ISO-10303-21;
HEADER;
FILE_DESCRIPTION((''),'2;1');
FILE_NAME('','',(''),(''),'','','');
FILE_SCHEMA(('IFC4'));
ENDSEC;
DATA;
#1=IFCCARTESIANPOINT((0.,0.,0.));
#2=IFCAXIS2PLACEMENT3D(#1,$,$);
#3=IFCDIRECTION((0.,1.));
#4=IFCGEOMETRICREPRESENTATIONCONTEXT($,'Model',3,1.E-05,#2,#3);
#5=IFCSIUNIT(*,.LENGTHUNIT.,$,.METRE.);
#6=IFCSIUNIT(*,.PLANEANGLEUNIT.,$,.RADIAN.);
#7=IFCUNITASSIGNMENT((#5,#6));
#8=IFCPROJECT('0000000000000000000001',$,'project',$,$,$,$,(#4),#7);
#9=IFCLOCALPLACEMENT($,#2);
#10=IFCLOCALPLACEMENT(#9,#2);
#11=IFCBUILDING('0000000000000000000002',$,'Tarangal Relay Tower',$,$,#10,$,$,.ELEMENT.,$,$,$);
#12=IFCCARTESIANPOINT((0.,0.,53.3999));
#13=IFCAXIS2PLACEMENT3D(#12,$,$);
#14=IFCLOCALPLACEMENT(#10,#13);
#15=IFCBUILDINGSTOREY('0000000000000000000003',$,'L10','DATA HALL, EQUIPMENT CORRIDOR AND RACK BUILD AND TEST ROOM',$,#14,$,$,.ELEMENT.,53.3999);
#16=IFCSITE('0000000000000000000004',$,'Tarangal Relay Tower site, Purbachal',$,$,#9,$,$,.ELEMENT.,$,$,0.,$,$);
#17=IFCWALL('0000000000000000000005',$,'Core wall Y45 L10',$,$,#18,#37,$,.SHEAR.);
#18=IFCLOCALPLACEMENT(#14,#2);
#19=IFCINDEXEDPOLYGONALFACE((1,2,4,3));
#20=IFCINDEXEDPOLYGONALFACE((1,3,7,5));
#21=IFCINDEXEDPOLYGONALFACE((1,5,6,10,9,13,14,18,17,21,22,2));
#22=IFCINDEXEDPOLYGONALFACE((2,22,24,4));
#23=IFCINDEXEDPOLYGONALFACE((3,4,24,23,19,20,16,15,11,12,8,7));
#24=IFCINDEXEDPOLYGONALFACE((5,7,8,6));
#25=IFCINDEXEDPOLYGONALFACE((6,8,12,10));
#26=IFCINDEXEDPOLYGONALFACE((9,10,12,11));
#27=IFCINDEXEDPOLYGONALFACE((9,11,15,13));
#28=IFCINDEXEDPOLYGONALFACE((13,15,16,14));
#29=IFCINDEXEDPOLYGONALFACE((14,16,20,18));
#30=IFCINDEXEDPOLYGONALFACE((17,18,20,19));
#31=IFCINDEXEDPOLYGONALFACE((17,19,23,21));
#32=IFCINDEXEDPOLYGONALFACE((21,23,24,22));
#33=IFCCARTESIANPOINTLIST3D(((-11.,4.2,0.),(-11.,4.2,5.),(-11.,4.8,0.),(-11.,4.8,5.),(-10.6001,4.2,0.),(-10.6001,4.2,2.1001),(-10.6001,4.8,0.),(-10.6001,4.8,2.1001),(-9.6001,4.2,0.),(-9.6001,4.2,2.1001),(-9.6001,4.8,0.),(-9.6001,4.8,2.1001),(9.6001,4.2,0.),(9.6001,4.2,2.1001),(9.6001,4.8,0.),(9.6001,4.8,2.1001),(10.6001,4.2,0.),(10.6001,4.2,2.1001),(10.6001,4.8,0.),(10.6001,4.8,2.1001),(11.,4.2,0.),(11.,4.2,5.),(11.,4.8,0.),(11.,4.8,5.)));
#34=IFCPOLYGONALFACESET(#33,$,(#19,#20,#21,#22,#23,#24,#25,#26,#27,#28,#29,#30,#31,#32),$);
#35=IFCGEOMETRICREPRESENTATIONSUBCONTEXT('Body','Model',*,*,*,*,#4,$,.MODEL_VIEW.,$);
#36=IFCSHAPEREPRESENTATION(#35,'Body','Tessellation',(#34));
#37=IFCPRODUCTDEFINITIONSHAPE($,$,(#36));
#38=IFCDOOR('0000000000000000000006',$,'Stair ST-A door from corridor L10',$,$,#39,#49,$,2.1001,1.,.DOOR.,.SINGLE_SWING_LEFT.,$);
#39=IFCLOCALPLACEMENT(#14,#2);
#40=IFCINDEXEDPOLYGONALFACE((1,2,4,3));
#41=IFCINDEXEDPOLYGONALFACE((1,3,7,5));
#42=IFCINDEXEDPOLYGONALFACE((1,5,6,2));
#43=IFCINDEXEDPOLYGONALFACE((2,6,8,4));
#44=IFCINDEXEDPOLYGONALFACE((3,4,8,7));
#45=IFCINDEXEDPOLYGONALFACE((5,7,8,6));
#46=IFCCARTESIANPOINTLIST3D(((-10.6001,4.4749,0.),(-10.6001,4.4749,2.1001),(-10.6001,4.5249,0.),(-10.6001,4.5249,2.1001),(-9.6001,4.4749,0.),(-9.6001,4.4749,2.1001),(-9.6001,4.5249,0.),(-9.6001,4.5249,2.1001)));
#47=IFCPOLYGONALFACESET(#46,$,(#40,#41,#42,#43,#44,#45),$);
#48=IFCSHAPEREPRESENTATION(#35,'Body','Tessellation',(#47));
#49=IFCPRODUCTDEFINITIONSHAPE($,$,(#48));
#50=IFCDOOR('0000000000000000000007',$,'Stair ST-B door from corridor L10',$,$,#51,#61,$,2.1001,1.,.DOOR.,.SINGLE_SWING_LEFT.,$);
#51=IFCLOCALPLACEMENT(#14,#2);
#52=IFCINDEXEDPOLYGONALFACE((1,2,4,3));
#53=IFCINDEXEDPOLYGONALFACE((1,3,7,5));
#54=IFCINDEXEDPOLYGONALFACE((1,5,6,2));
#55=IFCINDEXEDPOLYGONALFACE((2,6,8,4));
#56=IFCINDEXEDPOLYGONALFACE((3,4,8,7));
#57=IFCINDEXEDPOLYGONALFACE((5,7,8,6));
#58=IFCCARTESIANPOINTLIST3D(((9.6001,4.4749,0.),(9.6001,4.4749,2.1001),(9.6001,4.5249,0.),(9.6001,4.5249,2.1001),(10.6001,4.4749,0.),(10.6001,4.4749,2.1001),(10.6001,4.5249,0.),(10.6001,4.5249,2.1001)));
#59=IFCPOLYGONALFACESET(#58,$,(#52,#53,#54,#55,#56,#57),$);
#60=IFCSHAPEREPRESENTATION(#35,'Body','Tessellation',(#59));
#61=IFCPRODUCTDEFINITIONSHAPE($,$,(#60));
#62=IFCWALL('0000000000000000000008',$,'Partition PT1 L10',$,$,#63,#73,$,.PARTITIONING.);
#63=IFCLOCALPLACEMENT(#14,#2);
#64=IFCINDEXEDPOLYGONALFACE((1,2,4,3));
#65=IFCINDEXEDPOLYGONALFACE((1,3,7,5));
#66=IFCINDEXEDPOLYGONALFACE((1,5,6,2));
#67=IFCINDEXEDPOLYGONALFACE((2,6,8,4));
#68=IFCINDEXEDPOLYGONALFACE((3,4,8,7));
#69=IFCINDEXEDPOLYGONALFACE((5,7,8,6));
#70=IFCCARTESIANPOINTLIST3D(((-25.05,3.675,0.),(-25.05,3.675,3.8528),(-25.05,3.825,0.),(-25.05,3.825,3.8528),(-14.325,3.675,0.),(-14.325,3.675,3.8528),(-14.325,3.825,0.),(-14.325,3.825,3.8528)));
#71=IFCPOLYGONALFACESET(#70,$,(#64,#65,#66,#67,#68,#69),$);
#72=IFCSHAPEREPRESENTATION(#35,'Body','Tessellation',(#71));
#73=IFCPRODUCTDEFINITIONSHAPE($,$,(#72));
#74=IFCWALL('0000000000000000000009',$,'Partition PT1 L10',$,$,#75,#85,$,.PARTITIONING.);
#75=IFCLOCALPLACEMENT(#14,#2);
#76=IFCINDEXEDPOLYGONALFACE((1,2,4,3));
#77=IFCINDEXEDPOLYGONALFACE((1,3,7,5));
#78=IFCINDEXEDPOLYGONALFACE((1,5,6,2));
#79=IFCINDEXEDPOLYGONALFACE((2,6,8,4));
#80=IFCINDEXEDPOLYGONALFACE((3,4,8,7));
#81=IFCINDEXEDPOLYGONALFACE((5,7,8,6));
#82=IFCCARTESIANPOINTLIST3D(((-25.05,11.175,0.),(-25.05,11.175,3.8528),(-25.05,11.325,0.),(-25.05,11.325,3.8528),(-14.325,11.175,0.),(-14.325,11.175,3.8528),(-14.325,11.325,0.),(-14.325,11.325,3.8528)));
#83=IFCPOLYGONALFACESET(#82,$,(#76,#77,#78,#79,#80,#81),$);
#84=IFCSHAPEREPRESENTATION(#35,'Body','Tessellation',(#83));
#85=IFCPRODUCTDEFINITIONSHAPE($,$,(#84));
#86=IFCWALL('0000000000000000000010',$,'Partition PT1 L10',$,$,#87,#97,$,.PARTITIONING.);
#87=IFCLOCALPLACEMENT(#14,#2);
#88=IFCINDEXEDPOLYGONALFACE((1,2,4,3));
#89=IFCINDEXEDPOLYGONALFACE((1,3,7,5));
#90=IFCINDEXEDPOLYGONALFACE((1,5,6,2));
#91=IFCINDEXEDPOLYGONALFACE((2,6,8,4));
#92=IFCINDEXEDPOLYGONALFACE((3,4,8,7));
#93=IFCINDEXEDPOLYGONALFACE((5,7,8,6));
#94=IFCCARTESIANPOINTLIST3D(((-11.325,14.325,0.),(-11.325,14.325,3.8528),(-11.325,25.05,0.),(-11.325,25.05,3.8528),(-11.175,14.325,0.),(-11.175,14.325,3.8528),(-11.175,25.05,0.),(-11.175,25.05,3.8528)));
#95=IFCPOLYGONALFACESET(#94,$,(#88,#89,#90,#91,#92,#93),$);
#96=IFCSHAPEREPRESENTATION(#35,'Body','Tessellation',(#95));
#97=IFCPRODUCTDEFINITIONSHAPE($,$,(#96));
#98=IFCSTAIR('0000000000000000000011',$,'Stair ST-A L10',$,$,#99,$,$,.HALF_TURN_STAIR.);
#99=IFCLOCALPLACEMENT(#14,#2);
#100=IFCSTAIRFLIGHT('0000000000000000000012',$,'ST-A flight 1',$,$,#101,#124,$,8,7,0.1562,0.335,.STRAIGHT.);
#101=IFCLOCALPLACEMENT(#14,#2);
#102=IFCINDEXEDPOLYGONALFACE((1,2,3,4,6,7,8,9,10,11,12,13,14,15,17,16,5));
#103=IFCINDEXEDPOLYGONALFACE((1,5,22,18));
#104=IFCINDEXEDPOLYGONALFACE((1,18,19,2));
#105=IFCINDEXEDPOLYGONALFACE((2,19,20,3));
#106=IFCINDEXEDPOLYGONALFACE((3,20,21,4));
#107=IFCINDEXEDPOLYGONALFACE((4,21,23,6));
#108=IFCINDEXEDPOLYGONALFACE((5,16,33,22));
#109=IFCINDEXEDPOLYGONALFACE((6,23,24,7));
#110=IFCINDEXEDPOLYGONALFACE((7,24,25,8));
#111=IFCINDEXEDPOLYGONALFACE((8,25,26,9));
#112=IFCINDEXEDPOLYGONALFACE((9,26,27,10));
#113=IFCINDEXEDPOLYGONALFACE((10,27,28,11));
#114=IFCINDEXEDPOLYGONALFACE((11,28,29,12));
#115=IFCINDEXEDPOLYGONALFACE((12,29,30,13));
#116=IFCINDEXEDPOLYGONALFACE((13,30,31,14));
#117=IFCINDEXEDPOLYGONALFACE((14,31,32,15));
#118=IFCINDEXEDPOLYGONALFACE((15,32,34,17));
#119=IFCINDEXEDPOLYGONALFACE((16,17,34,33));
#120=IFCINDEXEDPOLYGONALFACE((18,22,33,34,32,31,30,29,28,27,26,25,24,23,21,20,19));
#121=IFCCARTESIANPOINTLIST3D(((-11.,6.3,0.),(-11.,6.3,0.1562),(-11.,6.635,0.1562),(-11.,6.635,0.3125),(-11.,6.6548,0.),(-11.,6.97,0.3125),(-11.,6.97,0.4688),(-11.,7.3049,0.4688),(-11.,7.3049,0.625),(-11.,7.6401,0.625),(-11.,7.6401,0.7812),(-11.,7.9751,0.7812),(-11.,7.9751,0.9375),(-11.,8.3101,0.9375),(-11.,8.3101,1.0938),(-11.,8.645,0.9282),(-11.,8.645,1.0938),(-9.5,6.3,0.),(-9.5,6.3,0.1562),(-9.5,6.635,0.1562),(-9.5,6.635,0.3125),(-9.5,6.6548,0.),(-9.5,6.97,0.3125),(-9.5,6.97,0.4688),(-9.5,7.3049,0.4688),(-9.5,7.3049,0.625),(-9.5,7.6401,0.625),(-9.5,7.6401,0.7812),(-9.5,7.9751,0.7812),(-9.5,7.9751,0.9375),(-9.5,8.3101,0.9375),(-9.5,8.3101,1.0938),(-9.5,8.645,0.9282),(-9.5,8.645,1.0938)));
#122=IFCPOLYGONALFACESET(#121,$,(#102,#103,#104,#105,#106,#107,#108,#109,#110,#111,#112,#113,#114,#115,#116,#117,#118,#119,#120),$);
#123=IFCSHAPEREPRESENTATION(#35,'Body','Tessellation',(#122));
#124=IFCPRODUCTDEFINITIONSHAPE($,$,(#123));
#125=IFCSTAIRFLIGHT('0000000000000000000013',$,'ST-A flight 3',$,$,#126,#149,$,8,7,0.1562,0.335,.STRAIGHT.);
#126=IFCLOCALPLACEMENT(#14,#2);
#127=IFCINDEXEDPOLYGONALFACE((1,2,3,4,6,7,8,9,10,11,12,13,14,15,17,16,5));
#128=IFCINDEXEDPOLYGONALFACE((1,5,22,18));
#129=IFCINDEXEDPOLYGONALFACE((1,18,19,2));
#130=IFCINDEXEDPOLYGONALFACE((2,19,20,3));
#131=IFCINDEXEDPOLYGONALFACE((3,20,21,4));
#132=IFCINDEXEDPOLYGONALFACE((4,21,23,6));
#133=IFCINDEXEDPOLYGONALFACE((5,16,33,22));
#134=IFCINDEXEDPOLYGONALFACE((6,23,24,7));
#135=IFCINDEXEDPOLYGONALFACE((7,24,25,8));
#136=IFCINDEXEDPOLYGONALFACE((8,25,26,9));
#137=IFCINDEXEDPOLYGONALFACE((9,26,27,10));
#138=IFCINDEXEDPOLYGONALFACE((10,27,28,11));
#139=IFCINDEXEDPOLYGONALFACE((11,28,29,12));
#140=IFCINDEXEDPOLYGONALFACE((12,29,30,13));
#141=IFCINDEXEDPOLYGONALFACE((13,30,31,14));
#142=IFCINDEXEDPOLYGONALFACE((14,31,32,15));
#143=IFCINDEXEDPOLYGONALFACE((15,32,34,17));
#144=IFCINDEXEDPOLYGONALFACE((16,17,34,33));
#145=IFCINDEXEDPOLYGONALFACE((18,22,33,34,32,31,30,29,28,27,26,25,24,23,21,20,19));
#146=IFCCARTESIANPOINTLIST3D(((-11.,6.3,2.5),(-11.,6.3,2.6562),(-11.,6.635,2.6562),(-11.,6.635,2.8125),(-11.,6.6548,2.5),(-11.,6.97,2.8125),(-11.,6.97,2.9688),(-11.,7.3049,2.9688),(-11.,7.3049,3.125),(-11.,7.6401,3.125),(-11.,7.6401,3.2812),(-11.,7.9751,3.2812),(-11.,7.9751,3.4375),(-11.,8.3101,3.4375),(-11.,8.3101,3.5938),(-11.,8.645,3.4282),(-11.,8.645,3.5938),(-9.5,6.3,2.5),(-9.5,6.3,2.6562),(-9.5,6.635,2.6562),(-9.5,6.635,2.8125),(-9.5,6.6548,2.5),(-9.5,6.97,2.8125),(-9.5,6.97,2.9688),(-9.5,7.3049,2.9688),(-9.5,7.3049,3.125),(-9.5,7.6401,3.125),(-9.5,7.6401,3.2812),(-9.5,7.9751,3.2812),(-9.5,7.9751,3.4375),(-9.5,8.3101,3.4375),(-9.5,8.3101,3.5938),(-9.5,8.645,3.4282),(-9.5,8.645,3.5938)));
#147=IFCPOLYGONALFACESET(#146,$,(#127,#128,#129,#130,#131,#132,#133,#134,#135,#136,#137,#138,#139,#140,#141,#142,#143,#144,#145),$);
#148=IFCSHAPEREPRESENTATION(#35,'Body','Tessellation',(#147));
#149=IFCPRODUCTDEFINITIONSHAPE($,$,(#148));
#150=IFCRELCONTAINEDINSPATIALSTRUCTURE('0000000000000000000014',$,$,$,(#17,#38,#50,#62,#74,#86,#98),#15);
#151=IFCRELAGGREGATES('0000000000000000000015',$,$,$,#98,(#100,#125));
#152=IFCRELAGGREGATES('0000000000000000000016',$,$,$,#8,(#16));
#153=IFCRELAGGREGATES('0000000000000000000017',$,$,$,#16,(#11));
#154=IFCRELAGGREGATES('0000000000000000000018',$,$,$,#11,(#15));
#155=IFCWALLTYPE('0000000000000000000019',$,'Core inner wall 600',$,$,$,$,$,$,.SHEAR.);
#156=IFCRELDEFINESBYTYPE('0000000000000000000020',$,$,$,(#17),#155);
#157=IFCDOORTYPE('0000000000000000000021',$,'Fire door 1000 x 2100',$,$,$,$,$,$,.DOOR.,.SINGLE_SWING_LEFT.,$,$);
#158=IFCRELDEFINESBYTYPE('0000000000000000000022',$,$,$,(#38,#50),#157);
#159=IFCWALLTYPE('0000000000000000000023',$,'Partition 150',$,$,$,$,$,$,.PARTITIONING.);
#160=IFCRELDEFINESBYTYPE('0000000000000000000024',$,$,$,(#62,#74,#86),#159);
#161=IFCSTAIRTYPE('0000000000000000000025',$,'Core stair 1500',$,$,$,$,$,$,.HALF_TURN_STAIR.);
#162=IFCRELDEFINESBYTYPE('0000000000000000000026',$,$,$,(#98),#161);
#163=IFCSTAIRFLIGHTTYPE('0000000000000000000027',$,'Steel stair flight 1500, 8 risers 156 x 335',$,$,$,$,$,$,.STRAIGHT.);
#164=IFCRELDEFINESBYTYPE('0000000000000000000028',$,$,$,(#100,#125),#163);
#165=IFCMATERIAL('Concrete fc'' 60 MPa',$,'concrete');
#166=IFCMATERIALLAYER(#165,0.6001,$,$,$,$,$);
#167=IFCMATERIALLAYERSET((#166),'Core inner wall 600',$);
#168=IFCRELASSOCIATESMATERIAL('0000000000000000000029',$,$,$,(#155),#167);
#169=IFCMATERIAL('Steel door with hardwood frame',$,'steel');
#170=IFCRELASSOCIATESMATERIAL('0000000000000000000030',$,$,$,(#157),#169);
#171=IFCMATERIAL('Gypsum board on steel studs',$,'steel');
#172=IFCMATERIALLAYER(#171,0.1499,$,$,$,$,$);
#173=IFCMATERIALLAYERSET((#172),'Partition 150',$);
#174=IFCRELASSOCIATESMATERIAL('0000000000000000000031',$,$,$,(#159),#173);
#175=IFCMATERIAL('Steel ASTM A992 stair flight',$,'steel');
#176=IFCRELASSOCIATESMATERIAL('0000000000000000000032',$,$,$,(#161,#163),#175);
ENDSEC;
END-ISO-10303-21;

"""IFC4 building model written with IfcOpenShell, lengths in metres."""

from ifc_helpers import new_model, si_unit, direction, frame, frame_2d, origin, place, context, subcontext, project, spatial, polyline, rectangle, outline, extrude, material, layer, layer_set, type_object, element, fill, aggregate, save


model = new_model("IFC4")

# Units and contexts
model_context = context("Model", 3, precision=1e-05, world=origin(), true_north=direction((0.0, 1.0)))
body_context = subcontext(model_context, "Body", "Model", "MODEL_VIEW")
ifc_project = project(units=[si_unit("LENGTHUNIT", "METRE"), si_unit("PLANEANGLEUNIT", "RADIAN")], contexts=[model_context])

# Site, building, storey
site_placement = place(None, origin())
site = spatial("IfcSite", under=ifc_project, at=site_placement, Name="Tarangal Relay Tower site, Purbachal", CompositionType="ELEMENT", RefElevation=0.0)
building_placement = place(site_placement, origin())
building = spatial("IfcBuilding", under=site, at=building_placement, Name="Tarangal Relay Tower", CompositionType="ELEMENT")
storey_placement = place(building_placement, frame((0.0, 0.0, 53.3999)))
storey = spatial("IfcBuildingStorey", under=building, at=storey_placement, Name="L10", Description="DATA HALL, EQUIPMENT CORRIDOR AND RACK BUILD AND TEST ROOM", CompositionType="ELEMENT", Elevation=53.3999)

# Wall, openings, doors
ifc_material_1 = material(Name="Concrete fc' 60 MPa", Category="concrete")
ifc_layer_1 = layer(ifc_material_1, 0.6001)
ifc_layer_set_1 = layer_set([ifc_layer_1], Name="Core inner wall 600")
wall_type_1 = type_object("IfcWallType", Name="Core inner wall 600", PredefinedType="SHEAR", material=ifc_layer_set_1)
wall_1_placement = place(storey_placement, frame((-11.0, 4.5, 0.0), z_axis=(0.0, 0.0, 1.0), x_axis=(1.0, 0.0, 0.0)))
wall_1 = element("IfcWall", 1, at=wall_1_placement, inside=storey, type_object=wall_type_1, Name="Core wall Y45 L10", PredefinedType="SHEAR", context=body_context, shape_type="SweptSolid", body=[
    extrude(rectangle(XDim=22.0, YDim=0.6001, at=frame_2d((11.0, 0.0))), origin(), (0.0, 0.0, 1.0), 5.0),
])
opening_1_placement = place(wall_1_placement, frame((0.3999, 0.0, 0.0)))
opening_1 = element("IfcOpeningElement", 2, at=opening_1_placement, cuts=wall_1, PredefinedType="OPENING", context=body_context, shape_type="SweptSolid", body=[
    extrude(rectangle(XDim=1.0, YDim=2.1001, at=frame_2d((0.5, 1.05))), frame((0.0, 0.3101, 0.0), z_axis=(0.0, -1.0, 0.0), x_axis=(1.0, 0.0, 0.0)), (0.0, 0.0, 1.0), 0.6201),
])
opening_2_placement = place(wall_1_placement, frame((20.6001, 0.0, 0.0)))
opening_2 = element("IfcOpeningElement", 3, at=opening_2_placement, cuts=wall_1, PredefinedType="OPENING", context=body_context, shape_type="SweptSolid", body=[
    extrude(rectangle(XDim=1.0, YDim=2.1001, at=frame_2d((0.5, 1.05))), frame((0.0, 0.3101, 0.0), z_axis=(0.0, -1.0, 0.0), x_axis=(1.0, 0.0, 0.0)), (0.0, 0.0, 1.0), 0.6201),
])
ifc_material_2 = material(Name="Steel door with hardwood frame", Category="steel")
door_type_1 = type_object("IfcDoorType", Name="Fire door 1000 x 2100", OperationType="SINGLE_SWING_LEFT", PredefinedType="DOOR", material=ifc_material_2)
door_1_placement = place(opening_1_placement, origin())
door_1 = element("IfcDoor", 4, at=door_1_placement, inside=storey, type_object=door_type_1, Name="Stair ST-A door from corridor L10", OperationType="SINGLE_SWING_LEFT", OverallHeight=2.1001, OverallWidth=1.0, PredefinedType="DOOR", context=body_context, shape_type="SweptSolid", body=[
    extrude(rectangle(XDim=1.0, YDim=2.1001, at=frame_2d((0.5, 1.05))), frame((0.0, 0.0249, 0.0), z_axis=(0.0, -1.0, 0.0), x_axis=(1.0, 0.0, 0.0)), (0.0, 0.0, 1.0), 0.05),
])
fill(opening_1, door_1)
door_2_placement = place(opening_2_placement, origin())
door_2 = element("IfcDoor", 5, at=door_2_placement, inside=storey, type_object=door_type_1, Name="Stair ST-B door from corridor L10", OperationType="SINGLE_SWING_LEFT", OverallHeight=2.1001, OverallWidth=1.0, PredefinedType="DOOR", context=body_context, shape_type="SweptSolid", body=[
    extrude(rectangle(XDim=1.0, YDim=2.1001, at=frame_2d((0.5, 1.05))), frame((0.0, 0.0249, 0.0), z_axis=(0.0, -1.0, 0.0), x_axis=(1.0, 0.0, 0.0)), (0.0, 0.0, 1.0), 0.05),
])
fill(opening_2, door_2)

# Walls
ifc_material_3 = material(Name="Gypsum board on steel studs", Category="steel")
ifc_layer_2 = layer(ifc_material_3, 0.1499)
ifc_layer_set_2 = layer_set([ifc_layer_2], Name="Partition 150")
wall_type_2 = type_object("IfcWallType", Name="Partition 150", PredefinedType="PARTITIONING", material=ifc_layer_set_2)
for number, where, z_axis, x_axis, name in (
    (6, (-25.05, 3.75, 0.0), (0.0, 0.0, 1.0), (1.0, 0.0, 0.0), "Partition PT1 L10"),
    (7, (-25.05, 11.25, 0.0), (0.0, 0.0, 1.0), (1.0, 0.0, 0.0), "Partition PT1 L10"),
    (8, (-11.25, 14.325, 0.0), (0.0, 0.0, 1.0), (0.0, 1.0, 0.0), "Partition PT1 L10"),
):
    element("IfcWall", number, at=place(storey_placement, frame(where, z_axis=z_axis, x_axis=x_axis)), inside=storey, type_object=wall_type_2, Name=name, PredefinedType="PARTITIONING", context=body_context, shape_type="SweptSolid", body=[
        extrude(rectangle(XDim=10.7251, YDim=0.1499, at=frame_2d((5.3625, 0.0))), origin(), (0.0, 0.0, 1.0), 3.8528),
    ])

# Stair, stair flights
ifc_material_4 = material(Name="Steel ASTM A992 stair flight", Category="steel")
stair_type = type_object("IfcStairType", Name="Core stair 1500", PredefinedType="HALF_TURN_STAIR", material=ifc_material_4)
stair_placement = place(storey_placement, origin())
stair = element("IfcStair", 9, at=stair_placement, inside=storey, type_object=stair_type, Name="Stair ST-A L10", PredefinedType="HALF_TURN_STAIR")
stair_flight_type = type_object("IfcStairFlightType", Name="Steel stair flight 1500, 8 risers 156 x 335", PredefinedType="STRAIGHT", material=ifc_material_4)
stair_flight_1_placement = place(storey_placement, frame((-10.25, 6.3, 0.0), z_axis=(0.0, 0.0, 1.0), x_axis=(0.0, 1.0, 0.0)))
stair_flight_1 = element("IfcStairFlight", 10, at=stair_flight_1_placement, type_object=stair_flight_type, Name="ST-A flight 1", NumberOfRisers=8, NumberOfTreads=7, PredefinedType="STRAIGHT", RiserHeight=0.1562, TreadLength=0.335, context=body_context, shape_type="SweptSolid", body=[
    extrude(outline(polyline([(0.0, 0.0), (0.0, 0.1562), (0.335, 0.1562), (0.335, 0.3125), (0.6699, 0.3125), (0.6699, 0.4688), (1.0049, 0.4688), (1.0049, 0.625), (1.3401, 0.625), (1.3401, 0.7812), (1.675, 0.7812), (1.675, 0.9375), (2.01, 0.9375), (2.01, 1.0938), (2.345, 1.0938), (2.345, 1.25), (2.345, 0.9282), (0.3547, 0.0), (0.0, 0.0)])), frame((0.0, 0.75, 0.0), z_axis=(0.0, -1.0, 0.0), x_axis=(1.0, 0.0, 0.0)), (0.0, 0.0, 1.0), 1.5),
])
stair_flight_2_placement = place(storey_placement, frame((-10.25, 6.3, 2.5), z_axis=(0.0, 0.0, 1.0), x_axis=(0.0, 1.0, 0.0)))
stair_flight_2 = element("IfcStairFlight", 11, at=stair_flight_2_placement, type_object=stair_flight_type, Name="ST-A flight 3", NumberOfRisers=8, NumberOfTreads=7, PredefinedType="STRAIGHT", RiserHeight=0.1562, TreadLength=0.335, context=body_context, shape_type="SweptSolid", body=[
    extrude(outline(polyline([(0.0, 0.0), (0.0, 0.1562), (0.335, 0.1562), (0.335, 0.3125), (0.6699, 0.3125), (0.6699, 0.4688), (1.0049, 0.4688), (1.0049, 0.625), (1.3401, 0.625), (1.3401, 0.7812), (1.675, 0.7812), (1.675, 0.9375), (2.01, 0.9375), (2.01, 1.0938), (2.345, 1.0938), (2.345, 1.25), (2.345, 0.9282), (0.3547, 0.0), (0.0, 0.0)])), frame((0.0, 0.75, 0.0), z_axis=(0.0, -1.0, 0.0), x_axis=(1.0, 0.0, 0.0)), (0.0, 0.0, 1.0), 1.5),
])
aggregate(stair, [stair_flight_1, stair_flight_2])

save(model, "model.ifc")
